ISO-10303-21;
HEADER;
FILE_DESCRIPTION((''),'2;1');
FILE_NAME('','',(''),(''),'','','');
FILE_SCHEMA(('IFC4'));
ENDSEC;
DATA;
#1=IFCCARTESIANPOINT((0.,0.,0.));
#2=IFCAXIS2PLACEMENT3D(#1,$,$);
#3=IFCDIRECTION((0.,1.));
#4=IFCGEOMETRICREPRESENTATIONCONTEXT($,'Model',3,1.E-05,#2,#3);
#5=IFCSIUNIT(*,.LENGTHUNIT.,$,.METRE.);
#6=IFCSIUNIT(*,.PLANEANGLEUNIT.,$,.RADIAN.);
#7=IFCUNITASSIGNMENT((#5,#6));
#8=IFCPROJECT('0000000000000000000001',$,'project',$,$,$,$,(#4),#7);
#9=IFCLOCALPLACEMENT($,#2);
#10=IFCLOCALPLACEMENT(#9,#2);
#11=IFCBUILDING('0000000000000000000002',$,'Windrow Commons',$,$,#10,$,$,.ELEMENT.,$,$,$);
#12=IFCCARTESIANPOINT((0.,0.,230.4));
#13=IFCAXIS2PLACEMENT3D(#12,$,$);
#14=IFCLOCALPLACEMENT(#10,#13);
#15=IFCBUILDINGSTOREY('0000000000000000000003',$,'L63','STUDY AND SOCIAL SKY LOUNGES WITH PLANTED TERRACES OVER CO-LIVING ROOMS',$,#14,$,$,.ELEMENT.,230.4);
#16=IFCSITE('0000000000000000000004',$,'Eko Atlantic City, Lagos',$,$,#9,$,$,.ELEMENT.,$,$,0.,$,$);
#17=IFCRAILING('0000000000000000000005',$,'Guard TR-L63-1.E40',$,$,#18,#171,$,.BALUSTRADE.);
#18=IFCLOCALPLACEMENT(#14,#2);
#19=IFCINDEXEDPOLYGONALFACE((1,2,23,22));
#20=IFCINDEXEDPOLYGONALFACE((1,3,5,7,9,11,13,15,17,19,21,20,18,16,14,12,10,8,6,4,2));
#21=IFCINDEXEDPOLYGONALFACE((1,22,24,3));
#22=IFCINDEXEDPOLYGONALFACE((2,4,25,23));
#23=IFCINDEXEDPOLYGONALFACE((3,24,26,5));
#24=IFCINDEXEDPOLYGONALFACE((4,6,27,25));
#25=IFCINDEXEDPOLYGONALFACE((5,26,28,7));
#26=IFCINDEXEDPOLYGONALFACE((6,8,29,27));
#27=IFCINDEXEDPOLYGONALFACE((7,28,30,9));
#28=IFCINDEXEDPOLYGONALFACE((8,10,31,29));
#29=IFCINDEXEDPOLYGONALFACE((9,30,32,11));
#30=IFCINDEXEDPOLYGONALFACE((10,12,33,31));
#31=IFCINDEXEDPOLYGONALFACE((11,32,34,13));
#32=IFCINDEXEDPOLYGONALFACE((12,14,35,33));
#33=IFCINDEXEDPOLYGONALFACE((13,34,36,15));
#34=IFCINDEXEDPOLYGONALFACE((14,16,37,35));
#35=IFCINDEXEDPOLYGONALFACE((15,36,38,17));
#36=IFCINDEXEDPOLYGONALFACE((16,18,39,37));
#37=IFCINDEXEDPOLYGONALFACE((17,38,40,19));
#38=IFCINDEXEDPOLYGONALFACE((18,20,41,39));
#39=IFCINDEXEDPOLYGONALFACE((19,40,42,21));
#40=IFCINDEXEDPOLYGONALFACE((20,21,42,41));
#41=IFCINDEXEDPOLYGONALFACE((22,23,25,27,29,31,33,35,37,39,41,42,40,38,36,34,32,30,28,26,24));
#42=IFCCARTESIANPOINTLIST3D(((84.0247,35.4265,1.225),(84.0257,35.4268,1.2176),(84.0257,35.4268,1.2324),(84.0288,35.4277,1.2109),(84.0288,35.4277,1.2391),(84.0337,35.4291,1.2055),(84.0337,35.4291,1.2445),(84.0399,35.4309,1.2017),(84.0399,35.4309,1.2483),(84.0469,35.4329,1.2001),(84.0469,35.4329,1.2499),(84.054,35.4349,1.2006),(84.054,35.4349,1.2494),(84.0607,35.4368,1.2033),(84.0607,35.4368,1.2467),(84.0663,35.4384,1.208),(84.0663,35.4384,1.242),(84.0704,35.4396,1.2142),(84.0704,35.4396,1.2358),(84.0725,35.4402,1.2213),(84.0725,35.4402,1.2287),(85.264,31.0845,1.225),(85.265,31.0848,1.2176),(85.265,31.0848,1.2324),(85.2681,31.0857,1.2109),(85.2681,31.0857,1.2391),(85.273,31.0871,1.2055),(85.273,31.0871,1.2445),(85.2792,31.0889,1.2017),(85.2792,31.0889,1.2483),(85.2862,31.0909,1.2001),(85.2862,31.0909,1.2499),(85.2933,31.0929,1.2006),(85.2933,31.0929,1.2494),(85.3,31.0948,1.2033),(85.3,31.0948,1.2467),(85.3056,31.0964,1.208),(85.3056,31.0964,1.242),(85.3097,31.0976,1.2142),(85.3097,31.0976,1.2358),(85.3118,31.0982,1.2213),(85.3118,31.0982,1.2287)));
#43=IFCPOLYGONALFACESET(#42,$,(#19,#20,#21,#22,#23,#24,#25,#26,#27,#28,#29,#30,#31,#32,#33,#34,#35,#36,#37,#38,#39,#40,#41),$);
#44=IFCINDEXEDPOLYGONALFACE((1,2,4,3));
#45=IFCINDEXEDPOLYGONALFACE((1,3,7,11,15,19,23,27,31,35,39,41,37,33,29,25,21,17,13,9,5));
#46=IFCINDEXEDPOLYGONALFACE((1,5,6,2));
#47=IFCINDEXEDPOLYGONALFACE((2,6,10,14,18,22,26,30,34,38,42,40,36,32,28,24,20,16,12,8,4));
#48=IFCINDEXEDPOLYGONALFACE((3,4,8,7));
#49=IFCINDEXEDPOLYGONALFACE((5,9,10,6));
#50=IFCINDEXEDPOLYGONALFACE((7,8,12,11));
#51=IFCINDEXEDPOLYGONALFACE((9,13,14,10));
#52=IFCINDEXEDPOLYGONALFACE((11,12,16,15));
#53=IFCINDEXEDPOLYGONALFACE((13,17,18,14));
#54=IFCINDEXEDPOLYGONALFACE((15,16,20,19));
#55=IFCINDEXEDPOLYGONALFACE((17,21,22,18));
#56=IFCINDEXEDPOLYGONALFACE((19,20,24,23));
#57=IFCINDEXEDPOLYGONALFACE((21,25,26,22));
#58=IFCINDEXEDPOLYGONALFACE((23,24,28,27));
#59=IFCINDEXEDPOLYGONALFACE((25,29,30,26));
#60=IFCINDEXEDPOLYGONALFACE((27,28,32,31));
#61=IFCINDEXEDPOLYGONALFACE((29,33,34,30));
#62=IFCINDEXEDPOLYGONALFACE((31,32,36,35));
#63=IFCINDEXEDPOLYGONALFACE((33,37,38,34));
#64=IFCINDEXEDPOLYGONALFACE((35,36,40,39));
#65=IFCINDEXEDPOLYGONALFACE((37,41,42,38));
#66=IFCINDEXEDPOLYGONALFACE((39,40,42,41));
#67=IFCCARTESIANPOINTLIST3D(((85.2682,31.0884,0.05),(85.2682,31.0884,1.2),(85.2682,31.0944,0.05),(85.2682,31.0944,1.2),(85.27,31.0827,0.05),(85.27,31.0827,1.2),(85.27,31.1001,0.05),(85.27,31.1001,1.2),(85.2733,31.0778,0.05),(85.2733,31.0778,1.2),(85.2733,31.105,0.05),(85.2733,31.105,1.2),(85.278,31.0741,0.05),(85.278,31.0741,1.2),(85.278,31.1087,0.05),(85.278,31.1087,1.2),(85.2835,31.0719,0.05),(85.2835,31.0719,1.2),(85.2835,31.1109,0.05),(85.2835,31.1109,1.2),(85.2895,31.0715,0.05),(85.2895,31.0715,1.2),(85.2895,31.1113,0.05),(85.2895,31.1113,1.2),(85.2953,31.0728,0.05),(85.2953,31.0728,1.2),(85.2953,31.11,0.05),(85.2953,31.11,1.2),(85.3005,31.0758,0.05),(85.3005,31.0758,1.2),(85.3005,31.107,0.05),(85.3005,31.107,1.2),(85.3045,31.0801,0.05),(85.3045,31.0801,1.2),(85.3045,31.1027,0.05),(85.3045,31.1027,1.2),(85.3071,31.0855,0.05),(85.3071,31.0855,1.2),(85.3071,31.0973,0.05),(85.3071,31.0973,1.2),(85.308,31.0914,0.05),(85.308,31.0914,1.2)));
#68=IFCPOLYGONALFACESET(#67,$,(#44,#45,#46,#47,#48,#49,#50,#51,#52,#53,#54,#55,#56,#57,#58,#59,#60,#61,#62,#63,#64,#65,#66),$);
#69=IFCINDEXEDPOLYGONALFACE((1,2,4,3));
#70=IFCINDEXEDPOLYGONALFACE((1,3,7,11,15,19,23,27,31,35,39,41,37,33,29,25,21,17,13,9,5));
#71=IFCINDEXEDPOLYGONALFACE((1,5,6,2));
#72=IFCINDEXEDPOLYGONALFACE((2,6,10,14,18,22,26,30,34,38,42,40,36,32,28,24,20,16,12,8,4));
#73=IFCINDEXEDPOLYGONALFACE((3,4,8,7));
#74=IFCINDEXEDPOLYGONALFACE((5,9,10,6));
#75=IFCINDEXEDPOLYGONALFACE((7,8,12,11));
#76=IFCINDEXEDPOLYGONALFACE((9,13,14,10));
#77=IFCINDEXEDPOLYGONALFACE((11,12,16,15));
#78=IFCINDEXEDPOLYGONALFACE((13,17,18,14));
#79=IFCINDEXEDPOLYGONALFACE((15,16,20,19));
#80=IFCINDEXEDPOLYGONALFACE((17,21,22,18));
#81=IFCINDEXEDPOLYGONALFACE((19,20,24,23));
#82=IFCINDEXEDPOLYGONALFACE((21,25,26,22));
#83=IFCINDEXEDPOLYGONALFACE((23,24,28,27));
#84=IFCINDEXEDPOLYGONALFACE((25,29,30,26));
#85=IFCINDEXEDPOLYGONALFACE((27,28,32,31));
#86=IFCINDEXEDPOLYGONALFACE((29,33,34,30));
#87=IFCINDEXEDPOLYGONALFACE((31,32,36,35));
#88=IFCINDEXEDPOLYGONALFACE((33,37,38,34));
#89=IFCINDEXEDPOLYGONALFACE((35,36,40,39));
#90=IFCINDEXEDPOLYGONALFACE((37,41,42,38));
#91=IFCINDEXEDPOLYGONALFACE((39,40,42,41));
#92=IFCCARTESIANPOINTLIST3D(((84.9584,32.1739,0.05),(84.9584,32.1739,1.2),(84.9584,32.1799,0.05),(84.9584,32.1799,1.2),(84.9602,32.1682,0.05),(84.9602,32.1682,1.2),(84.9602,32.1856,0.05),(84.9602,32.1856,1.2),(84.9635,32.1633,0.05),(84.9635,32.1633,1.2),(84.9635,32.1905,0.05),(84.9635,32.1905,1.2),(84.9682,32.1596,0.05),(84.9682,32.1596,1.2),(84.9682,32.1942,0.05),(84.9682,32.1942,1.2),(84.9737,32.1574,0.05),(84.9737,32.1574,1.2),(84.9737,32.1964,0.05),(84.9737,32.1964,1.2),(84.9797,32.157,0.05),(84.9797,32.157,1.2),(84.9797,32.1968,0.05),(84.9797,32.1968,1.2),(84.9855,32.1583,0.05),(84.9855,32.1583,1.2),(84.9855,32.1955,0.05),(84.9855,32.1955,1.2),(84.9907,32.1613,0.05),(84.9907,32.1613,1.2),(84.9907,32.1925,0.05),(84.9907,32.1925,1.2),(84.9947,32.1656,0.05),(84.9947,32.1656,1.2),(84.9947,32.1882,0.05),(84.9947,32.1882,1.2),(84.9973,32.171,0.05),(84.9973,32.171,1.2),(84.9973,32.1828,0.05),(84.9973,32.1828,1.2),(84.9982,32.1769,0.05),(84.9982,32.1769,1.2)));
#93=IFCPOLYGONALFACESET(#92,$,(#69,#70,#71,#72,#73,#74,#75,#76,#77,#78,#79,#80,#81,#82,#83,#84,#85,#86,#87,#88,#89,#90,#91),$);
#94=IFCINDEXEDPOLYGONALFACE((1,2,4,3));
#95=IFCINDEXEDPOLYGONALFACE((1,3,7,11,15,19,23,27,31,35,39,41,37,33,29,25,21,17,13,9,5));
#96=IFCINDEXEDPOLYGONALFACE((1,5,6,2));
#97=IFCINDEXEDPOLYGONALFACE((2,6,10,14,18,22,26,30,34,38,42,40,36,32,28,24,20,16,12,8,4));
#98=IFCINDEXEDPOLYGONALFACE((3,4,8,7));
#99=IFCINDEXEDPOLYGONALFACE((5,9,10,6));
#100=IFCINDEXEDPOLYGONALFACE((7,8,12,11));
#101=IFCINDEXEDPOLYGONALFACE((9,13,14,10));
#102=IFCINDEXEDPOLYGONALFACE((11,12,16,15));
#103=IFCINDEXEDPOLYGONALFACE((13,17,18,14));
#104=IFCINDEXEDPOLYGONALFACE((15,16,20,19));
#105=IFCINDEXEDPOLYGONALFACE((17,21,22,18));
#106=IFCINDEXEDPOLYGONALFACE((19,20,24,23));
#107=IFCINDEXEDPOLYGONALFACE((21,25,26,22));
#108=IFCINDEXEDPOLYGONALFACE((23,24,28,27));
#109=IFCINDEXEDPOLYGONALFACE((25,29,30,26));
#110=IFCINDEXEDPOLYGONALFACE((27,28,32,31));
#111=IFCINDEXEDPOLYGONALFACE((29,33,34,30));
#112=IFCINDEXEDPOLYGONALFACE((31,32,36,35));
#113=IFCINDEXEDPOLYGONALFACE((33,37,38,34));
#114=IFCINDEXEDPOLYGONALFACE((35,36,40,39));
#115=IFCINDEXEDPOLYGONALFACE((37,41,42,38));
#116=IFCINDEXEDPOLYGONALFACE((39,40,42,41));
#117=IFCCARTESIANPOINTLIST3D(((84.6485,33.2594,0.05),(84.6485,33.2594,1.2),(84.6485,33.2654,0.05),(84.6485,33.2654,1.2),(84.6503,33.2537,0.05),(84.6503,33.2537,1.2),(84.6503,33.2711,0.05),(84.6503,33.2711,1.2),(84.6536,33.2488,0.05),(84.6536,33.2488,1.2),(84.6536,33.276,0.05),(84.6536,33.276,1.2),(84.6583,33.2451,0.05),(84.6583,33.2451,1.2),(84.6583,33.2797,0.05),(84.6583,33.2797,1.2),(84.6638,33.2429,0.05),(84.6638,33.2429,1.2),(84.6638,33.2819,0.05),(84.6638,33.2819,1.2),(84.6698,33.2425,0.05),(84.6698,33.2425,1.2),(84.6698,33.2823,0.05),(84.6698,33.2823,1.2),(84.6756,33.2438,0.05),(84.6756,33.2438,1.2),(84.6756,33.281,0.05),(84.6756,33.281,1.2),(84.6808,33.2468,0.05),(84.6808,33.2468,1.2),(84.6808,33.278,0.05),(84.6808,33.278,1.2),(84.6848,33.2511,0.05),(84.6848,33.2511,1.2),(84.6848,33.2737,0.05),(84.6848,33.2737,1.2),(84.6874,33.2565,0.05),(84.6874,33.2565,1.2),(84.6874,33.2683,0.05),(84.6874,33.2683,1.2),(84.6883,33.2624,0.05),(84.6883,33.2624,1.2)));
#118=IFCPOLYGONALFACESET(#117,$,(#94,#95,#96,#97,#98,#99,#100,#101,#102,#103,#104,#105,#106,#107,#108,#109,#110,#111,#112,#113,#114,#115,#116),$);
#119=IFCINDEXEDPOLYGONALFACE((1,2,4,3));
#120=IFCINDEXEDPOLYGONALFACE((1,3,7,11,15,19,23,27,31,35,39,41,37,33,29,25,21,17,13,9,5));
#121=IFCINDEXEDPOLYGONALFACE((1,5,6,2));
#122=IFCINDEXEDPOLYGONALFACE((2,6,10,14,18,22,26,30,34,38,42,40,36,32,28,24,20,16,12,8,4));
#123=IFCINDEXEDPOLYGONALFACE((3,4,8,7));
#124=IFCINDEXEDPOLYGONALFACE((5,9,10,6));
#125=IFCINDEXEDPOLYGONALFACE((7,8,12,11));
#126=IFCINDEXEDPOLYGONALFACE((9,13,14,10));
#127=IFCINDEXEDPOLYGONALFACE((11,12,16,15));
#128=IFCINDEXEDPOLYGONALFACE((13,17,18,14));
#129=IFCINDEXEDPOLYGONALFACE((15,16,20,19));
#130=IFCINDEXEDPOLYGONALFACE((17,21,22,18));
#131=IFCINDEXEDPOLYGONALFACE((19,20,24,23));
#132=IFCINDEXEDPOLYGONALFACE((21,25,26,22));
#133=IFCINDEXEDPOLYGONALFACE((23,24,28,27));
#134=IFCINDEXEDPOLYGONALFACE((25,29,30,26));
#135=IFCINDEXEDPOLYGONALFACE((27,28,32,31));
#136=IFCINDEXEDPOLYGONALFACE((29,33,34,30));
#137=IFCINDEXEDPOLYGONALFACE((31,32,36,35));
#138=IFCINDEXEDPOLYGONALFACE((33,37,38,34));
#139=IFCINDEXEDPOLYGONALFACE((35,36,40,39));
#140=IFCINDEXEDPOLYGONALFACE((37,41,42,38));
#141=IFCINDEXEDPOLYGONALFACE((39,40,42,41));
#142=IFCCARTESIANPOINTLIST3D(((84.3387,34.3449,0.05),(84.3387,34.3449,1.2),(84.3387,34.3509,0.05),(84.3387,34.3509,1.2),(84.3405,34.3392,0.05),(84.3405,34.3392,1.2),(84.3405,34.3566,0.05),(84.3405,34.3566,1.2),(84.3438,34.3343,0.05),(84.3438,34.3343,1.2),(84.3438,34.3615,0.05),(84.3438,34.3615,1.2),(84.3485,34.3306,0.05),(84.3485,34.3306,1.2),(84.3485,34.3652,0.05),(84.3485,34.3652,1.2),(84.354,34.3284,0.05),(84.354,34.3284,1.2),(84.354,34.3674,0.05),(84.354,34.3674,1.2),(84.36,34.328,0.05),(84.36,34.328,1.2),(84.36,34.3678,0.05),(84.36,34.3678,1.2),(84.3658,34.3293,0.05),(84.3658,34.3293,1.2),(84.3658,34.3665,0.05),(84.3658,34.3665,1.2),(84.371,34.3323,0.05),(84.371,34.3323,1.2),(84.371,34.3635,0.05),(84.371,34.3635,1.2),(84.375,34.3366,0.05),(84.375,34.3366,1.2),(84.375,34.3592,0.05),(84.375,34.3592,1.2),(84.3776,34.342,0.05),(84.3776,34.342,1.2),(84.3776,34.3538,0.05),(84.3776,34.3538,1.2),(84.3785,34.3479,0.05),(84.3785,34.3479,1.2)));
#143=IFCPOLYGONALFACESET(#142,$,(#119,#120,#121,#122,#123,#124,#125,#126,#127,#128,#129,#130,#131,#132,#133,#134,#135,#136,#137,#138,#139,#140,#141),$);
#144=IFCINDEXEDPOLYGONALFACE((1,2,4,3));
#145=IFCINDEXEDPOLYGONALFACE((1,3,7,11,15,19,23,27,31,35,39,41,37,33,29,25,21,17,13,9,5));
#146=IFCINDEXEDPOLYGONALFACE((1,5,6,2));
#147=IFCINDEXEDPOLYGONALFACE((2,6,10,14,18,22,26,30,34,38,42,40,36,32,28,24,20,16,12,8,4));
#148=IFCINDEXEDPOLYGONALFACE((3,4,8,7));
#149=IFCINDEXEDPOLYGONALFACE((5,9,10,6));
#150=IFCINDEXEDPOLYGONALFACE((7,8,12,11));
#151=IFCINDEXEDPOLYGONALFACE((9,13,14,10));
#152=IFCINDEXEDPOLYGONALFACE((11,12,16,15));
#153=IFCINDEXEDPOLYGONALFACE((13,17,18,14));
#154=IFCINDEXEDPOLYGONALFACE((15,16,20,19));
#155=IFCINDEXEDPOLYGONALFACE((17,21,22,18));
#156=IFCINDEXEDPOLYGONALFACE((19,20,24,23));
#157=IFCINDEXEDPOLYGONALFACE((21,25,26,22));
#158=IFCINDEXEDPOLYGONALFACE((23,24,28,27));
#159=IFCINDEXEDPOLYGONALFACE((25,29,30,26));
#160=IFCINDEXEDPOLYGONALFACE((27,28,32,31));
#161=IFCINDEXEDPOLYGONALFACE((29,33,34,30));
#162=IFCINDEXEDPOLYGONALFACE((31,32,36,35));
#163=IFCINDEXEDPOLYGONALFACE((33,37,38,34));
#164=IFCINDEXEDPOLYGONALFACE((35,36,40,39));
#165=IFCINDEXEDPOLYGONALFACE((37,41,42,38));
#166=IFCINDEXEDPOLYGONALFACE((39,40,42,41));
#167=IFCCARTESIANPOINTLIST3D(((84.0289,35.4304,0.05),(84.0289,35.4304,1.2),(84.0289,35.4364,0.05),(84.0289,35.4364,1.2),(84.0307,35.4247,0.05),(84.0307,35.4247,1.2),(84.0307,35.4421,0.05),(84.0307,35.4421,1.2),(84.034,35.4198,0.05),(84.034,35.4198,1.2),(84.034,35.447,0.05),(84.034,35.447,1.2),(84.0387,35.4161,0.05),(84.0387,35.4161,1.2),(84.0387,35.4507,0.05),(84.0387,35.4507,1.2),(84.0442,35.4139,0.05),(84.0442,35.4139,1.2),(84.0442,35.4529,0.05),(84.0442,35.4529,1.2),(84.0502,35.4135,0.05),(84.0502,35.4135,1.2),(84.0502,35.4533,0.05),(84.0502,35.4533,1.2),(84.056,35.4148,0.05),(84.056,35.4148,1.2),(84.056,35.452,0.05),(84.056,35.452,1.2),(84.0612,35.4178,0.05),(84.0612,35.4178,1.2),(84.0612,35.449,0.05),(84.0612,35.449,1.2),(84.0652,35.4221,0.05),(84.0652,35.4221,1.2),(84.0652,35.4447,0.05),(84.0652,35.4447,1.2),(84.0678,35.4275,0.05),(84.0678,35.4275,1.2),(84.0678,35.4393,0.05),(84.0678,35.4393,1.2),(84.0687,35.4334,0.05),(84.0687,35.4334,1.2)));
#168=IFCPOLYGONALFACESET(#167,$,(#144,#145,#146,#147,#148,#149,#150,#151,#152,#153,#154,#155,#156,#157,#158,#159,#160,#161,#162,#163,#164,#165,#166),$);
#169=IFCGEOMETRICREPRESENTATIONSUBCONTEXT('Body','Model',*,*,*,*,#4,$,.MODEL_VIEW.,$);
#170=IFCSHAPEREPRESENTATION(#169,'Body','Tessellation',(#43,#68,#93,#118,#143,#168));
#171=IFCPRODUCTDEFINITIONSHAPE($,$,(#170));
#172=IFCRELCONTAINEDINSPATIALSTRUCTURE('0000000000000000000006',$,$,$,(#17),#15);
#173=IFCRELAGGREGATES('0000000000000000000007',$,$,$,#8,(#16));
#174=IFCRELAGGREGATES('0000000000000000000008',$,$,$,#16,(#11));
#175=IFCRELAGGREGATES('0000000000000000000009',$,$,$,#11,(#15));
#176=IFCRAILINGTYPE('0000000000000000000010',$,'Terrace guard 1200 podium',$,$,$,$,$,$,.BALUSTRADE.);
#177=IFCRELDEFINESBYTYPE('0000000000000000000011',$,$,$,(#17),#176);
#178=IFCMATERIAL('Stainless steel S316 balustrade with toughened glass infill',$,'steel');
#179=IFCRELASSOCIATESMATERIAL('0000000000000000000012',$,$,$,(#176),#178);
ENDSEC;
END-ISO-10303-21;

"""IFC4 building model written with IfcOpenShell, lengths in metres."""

from ifc_helpers import new_model, si_unit, direction, frame, origin, origin_2d, place, context, subcontext, project, spatial, circle, extrude, material, type_object, element, save


model = new_model("IFC4")

# Units and contexts
model_context = context("Model", 3, precision=1e-05, world=origin(), true_north=direction((0.0, 1.0)))
body_context = subcontext(model_context, "Body", "Model", "MODEL_VIEW")
ifc_project = project(units=[si_unit("LENGTHUNIT", "METRE"), si_unit("PLANEANGLEUNIT", "RADIAN")], contexts=[model_context])

# Site, building, storey
site_placement = place(None, origin())
site = spatial("IfcSite", under=ifc_project, at=site_placement, Name="Eko Atlantic City, Lagos", CompositionType="ELEMENT", RefElevation=0.0)
building_placement = place(site_placement, origin())
building = spatial("IfcBuilding", under=site, at=building_placement, Name="Windrow Commons", CompositionType="ELEMENT")
storey_placement = place(building_placement, frame((0.0, 0.0, 230.4)))
storey = spatial("IfcBuildingStorey", under=building, at=storey_placement, Name="L63", Description="STUDY AND SOCIAL SKY LOUNGES WITH PLANTED TERRACES OVER CO-LIVING ROOMS", CompositionType="ELEMENT", Elevation=230.4)

# Railing
ifc_material_1 = material(Name="Stainless steel S316 balustrade with toughened glass infill", Category="steel")
railing_type = type_object("IfcRailingType", Name="Terrace guard 1200 podium", PredefinedType="BALUSTRADE", material=ifc_material_1)
railing_1_placement = place(storey_placement, frame((85.288, 31.0914, 0.05)))
element("IfcRailing", 1, at=railing_1_placement, inside=storey, type_object=railing_type, Name="Guard TR-L63-1.E40", PredefinedType="BALUSTRADE", context=body_context, shape_type="SweptSolid", body=[
    extrude(circle(Radius=0.025, at=origin_2d()), frame((0.0, 0.0, 1.175), z_axis=(-0.274461, 0.961598, 0.0), x_axis=(-0.961598, -0.274461, 0.0)), (0.0, 0.0, 1.0), 4.5154),
    extrude(circle(Radius=0.02, at=origin_2d()), origin(), (0.0, 0.0, 1.0), 1.15),
    extrude(circle(Radius=0.02, at=origin_2d()), frame((-0.3098, 1.0855, 0.0)), (0.0, 0.0, 1.0), 1.15),
    extrude(circle(Radius=0.02, at=origin_2d()), frame((-0.6197, 2.171, 0.0)), (0.0, 0.0, 1.0), 1.15),
    extrude(circle(Radius=0.02, at=origin_2d()), frame((-0.9295, 3.2565, 0.0)), (0.0, 0.0, 1.0), 1.15),
    extrude(circle(Radius=0.02, at=origin_2d()), frame((-1.2393, 4.342, 0.0)), (0.0, 0.0, 1.0), 1.15),
])

save(model, "model.ifc")
